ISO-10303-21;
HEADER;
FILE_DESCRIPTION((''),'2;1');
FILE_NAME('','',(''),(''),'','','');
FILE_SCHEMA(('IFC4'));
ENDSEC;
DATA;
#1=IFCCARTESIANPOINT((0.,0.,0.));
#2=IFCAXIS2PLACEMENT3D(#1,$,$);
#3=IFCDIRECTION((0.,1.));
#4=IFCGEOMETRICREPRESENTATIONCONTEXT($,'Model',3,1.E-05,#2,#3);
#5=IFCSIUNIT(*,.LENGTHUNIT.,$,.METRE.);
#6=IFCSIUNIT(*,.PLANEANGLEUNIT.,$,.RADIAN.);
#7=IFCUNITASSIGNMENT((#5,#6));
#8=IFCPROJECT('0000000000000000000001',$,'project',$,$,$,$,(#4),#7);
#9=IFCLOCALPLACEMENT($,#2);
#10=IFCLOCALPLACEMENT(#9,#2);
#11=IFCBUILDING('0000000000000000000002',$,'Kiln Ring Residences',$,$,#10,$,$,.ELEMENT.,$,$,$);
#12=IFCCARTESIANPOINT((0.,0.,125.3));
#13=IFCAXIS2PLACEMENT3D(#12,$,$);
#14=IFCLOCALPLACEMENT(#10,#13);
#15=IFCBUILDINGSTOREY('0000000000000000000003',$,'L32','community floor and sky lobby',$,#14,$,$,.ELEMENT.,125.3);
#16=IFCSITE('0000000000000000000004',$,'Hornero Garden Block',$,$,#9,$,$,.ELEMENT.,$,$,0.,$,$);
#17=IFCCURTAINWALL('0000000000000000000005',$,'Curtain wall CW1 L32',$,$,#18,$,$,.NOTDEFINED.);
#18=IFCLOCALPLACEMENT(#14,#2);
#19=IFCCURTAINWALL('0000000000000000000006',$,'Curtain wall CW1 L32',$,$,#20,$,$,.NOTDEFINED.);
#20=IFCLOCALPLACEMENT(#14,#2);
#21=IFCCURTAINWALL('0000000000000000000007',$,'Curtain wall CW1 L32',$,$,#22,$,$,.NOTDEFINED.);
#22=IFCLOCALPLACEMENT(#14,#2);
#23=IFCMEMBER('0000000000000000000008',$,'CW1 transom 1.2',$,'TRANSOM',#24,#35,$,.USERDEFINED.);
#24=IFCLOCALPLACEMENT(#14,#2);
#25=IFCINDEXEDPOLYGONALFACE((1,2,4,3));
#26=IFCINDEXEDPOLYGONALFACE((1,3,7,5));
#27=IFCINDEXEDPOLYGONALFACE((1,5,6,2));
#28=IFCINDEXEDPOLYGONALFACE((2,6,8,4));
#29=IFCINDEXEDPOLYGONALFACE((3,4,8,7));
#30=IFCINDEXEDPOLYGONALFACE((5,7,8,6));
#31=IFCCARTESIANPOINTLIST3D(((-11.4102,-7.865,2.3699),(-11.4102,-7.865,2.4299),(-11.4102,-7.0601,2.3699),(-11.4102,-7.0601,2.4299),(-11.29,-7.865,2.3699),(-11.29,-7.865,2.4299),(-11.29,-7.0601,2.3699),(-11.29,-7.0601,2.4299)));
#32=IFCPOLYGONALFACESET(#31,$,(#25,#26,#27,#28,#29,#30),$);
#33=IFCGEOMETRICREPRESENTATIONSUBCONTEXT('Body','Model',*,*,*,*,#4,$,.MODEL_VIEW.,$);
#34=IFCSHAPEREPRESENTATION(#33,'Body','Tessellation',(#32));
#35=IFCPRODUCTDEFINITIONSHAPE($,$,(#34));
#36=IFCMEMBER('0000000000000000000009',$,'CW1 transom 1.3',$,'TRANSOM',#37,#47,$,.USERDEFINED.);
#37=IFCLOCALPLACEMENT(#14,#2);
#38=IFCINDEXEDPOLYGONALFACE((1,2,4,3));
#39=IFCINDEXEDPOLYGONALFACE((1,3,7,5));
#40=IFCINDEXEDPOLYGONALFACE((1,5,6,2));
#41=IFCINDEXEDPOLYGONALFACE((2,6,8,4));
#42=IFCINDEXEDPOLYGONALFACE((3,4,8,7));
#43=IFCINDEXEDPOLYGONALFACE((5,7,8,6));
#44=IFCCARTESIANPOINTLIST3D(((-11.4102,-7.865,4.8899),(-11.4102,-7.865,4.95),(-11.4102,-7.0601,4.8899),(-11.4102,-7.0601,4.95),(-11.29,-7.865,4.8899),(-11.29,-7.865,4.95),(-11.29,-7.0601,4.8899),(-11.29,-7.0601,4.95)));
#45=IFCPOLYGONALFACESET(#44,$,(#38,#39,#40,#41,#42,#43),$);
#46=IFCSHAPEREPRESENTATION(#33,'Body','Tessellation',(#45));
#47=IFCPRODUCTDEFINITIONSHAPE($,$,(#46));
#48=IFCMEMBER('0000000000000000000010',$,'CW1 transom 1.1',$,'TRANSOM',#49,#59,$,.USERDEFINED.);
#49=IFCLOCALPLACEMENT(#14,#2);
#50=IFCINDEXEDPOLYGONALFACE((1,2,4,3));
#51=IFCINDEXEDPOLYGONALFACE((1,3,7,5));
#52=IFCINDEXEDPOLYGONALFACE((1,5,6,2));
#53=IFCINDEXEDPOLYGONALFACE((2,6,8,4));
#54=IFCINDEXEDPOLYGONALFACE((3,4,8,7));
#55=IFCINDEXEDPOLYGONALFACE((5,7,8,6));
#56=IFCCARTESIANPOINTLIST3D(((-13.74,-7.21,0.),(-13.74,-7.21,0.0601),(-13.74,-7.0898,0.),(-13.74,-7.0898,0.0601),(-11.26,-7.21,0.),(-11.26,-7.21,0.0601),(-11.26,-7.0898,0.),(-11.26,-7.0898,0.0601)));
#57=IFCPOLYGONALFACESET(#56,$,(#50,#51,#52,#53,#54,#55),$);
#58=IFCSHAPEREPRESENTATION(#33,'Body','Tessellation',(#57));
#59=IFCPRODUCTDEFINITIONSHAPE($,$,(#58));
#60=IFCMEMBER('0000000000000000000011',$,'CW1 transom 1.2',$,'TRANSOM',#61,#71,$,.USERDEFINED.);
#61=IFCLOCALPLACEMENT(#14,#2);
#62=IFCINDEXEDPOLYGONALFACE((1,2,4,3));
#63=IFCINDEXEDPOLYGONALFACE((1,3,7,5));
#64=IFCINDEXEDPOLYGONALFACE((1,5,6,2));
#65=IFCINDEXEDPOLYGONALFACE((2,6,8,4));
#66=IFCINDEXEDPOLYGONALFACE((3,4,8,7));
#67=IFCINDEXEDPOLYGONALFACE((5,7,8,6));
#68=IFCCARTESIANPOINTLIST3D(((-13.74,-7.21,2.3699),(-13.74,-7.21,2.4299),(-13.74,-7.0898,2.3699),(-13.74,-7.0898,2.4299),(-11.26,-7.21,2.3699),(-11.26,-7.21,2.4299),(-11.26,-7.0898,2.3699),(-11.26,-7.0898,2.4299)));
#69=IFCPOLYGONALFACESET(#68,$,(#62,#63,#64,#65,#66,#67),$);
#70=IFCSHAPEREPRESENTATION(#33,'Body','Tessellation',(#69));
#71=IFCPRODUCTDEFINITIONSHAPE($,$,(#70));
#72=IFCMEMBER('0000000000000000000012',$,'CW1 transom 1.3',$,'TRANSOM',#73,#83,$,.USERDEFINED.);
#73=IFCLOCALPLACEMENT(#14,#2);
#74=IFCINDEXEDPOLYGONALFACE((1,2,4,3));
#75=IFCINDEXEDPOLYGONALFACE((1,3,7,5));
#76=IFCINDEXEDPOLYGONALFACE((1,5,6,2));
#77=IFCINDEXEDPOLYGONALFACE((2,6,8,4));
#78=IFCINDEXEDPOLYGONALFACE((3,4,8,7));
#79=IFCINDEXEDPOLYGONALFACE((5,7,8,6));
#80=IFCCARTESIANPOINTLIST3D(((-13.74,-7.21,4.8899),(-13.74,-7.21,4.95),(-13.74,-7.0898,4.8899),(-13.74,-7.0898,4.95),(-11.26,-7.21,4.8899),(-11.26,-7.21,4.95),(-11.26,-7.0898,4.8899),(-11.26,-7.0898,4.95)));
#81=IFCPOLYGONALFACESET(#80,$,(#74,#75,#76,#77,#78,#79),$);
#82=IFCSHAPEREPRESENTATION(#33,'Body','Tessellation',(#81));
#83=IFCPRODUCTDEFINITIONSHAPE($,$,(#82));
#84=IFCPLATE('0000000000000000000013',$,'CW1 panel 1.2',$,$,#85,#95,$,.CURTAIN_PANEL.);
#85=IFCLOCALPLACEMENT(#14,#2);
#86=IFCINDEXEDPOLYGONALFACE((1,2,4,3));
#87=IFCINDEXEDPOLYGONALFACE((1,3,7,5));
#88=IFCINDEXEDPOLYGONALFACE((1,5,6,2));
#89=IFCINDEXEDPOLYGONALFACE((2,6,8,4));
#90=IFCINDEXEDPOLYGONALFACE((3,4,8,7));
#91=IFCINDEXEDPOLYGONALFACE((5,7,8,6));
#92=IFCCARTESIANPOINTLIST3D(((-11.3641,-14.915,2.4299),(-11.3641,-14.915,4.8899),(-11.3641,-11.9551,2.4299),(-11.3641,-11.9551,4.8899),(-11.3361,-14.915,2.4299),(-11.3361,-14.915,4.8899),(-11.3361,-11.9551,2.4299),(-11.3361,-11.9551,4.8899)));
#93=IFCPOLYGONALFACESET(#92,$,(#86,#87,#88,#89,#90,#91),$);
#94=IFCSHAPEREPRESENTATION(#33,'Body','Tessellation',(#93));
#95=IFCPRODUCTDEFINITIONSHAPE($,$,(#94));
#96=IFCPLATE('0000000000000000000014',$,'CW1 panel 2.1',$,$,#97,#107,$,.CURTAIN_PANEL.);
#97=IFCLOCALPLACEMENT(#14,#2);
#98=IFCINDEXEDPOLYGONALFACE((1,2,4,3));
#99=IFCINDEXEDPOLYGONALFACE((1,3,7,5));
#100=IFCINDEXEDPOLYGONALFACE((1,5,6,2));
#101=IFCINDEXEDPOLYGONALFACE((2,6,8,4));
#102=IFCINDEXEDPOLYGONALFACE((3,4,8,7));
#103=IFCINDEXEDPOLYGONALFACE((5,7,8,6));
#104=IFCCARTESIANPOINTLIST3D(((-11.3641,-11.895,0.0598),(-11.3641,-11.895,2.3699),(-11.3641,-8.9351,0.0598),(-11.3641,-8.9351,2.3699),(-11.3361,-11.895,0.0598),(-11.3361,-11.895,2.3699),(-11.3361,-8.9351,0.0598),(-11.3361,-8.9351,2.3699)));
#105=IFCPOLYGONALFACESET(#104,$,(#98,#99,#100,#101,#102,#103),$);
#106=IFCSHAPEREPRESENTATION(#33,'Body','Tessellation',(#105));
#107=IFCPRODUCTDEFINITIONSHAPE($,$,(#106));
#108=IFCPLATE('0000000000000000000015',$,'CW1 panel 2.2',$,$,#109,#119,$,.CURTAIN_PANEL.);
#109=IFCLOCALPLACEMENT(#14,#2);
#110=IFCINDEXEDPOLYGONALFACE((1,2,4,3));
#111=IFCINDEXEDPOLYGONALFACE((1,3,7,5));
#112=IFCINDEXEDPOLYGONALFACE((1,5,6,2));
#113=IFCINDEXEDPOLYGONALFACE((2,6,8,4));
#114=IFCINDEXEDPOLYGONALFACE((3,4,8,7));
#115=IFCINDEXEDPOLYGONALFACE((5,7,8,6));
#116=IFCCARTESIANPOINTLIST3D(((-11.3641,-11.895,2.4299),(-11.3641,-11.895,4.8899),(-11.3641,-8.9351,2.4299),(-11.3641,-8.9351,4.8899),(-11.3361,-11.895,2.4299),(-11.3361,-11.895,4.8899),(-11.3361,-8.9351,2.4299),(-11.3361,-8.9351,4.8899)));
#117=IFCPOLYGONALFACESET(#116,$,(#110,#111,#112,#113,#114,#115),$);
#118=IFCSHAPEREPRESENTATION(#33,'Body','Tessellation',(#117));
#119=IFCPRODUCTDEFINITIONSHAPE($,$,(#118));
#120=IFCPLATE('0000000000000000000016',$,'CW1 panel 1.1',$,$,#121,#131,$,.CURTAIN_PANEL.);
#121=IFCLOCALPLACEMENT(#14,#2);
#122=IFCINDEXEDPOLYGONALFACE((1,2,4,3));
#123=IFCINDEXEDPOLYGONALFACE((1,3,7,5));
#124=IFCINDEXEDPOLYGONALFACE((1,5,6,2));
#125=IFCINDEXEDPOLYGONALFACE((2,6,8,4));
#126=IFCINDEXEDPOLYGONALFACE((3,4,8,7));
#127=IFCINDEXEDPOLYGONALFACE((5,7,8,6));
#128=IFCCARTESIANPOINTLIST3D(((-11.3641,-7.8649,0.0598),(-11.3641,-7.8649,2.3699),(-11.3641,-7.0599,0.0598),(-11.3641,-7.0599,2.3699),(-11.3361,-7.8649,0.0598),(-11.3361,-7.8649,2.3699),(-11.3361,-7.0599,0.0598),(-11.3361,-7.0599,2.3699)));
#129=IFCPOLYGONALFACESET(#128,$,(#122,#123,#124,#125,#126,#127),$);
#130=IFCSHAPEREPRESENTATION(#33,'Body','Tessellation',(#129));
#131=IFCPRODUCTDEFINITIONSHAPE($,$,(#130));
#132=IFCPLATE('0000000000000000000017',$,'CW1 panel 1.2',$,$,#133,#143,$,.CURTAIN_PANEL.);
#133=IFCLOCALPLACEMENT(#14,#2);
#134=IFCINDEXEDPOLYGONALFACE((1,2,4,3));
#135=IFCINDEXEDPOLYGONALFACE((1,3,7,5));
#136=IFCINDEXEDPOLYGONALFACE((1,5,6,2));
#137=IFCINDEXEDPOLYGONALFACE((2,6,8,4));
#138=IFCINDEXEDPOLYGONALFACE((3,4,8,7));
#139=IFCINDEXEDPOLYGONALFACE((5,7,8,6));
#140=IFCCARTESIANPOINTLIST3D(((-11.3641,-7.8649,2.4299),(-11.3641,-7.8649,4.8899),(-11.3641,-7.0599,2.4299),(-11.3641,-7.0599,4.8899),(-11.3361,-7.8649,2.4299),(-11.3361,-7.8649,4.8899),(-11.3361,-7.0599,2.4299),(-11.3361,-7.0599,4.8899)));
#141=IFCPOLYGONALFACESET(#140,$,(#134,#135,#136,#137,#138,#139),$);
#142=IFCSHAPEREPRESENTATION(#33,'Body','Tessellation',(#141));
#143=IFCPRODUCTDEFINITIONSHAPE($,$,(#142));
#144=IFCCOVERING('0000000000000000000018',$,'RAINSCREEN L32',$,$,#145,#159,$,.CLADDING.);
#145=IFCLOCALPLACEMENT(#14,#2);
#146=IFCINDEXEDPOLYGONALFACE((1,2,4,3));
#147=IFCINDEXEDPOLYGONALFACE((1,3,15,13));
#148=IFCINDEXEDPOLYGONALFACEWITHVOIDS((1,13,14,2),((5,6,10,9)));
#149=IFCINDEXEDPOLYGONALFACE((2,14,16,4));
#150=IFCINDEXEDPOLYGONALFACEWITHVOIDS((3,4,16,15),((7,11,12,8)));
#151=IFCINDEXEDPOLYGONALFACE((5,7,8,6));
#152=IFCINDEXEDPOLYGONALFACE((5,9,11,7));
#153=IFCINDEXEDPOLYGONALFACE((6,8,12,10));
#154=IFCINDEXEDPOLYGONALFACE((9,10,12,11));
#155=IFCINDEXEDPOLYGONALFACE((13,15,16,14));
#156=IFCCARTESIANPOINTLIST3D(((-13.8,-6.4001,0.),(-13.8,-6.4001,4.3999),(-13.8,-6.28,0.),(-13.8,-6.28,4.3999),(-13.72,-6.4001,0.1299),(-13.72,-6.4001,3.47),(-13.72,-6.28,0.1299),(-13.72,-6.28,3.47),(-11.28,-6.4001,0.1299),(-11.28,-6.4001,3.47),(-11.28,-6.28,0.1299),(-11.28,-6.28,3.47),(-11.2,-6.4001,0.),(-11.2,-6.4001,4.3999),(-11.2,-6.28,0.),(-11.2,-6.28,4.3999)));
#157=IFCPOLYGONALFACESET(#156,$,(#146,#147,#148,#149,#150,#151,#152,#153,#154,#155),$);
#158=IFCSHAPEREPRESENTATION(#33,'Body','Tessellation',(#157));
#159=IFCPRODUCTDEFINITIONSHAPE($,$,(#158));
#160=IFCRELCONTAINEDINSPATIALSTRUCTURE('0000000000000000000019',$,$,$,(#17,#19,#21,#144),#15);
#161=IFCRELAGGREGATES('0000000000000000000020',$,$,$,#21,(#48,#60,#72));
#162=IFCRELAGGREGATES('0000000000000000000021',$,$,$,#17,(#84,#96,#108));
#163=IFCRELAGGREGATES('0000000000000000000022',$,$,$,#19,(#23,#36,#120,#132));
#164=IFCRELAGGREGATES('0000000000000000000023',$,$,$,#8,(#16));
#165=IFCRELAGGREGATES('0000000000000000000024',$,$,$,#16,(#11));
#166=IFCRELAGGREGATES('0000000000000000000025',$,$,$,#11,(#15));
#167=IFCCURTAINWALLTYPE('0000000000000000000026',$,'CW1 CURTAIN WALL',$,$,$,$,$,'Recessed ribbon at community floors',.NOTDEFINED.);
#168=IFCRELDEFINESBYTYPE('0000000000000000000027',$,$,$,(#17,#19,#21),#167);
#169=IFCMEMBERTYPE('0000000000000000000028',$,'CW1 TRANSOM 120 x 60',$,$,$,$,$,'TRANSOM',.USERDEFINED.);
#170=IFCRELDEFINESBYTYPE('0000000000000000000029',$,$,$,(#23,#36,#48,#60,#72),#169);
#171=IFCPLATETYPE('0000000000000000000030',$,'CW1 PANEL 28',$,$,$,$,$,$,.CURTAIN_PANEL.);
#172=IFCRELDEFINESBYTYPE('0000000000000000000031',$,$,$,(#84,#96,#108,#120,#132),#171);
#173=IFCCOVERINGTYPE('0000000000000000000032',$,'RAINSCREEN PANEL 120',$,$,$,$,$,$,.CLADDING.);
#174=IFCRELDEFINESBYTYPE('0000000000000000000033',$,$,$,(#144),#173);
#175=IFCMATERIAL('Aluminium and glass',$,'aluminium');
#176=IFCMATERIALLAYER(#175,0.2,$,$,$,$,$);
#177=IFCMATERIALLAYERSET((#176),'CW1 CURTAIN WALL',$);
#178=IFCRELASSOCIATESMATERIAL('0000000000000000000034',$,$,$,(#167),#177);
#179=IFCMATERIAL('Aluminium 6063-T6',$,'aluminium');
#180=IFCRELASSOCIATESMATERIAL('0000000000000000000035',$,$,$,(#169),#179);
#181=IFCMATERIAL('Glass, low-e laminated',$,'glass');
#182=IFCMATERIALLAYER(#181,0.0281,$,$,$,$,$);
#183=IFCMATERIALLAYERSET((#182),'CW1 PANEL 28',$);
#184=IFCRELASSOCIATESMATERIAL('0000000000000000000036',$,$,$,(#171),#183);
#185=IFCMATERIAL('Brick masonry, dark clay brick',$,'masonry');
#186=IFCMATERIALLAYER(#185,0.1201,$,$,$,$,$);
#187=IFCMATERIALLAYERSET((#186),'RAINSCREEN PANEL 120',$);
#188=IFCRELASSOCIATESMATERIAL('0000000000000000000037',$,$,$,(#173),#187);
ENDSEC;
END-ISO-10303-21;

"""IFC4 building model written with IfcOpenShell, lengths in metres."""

from ifc_helpers import new_model, si_unit, direction, frame, origin, origin_2d, place, context, subcontext, project, spatial, polyline, rectangle, outline, extrude, material, layer, layer_set, material_profile, profile_set, type_object, element, aggregate, save


model = new_model("IFC4")

# Units and contexts
model_context = context("Model", 3, precision=1e-05, world=origin(), true_north=direction((0.0, 1.0)))
body_context = subcontext(model_context, "Body", "Model", "MODEL_VIEW")
ifc_project = project(units=[si_unit("LENGTHUNIT", "METRE"), si_unit("PLANEANGLEUNIT", "RADIAN")], contexts=[model_context])

# Site, building, storey
site_placement = place(None, origin())
site = spatial("IfcSite", under=ifc_project, at=site_placement, Name="Hornero Garden Block", CompositionType="ELEMENT", RefElevation=0.0)
building_placement = place(site_placement, origin())
building = spatial("IfcBuilding", under=site, at=building_placement, Name="Kiln Ring Residences", CompositionType="ELEMENT")
storey_placement = place(building_placement, frame((0.0, 0.0, 125.3)))
storey = spatial("IfcBuildingStorey", under=building, at=storey_placement, Name="L32", Description="community floor and sky lobby", CompositionType="ELEMENT", Elevation=125.3)

# Curtain walls
ifc_material_1 = material(Name="Aluminium and glass", Category="aluminium")
ifc_layer_1 = layer(ifc_material_1, 0.2)
ifc_layer_set_1 = layer_set([ifc_layer_1], Name="CW1 CURTAIN WALL")
curtain_wall_type = type_object("IfcCurtainWallType", Name="CW1 CURTAIN WALL", ElementType="Recessed ribbon at community floors", PredefinedType="NOTDEFINED", material=ifc_layer_set_1)
placement = place(storey_placement, origin())
curtain_wall_1 = element("IfcCurtainWall", 1, at=placement, inside=storey, type_object=curtain_wall_type, Name="Curtain wall CW1 L32", PredefinedType="NOTDEFINED")
curtain_wall_2 = element("IfcCurtainWall", 2, at=placement, inside=storey, type_object=curtain_wall_type, Name="Curtain wall CW1 L32", PredefinedType="NOTDEFINED")

# Curtain wall
curtain_wall_3 = element("IfcCurtainWall", 3, at=placement, inside=storey, type_object=curtain_wall_type, Name="Curtain wall CW1 L32", PredefinedType="NOTDEFINED")

# Members
ifc_material_2 = material(Name="Aluminium 6063-T6", Category="aluminium")
ifc_material_profile_1 = material_profile(ifc_material_2, rectangle(XDim=0.1201, YDim=0.0601, at=origin_2d()), Name="AL 120x60")
ifc_profile_set_1 = profile_set([ifc_material_profile_1], Name="Aluminium 6063-T6")
member_type_1 = type_object("IfcMemberType", Name="CW1 TRANSOM 120 x 60", ElementType="TRANSOM", PredefinedType="USERDEFINED", material=ifc_profile_set_1)
member_1_placement = place(storey_placement, frame((-11.3501, -7.865, 2.3999), z_axis=(0.0, 1.0, 0.0), x_axis=(-1.0, 0.0, 0.0)))
member_1 = element("IfcMember", 4, at=member_1_placement, type_object=member_type_1, Name="CW1 transom 1.2", ObjectType="TRANSOM", PredefinedType="USERDEFINED", context=body_context, shape_type="SweptSolid", body=[
    extrude(rectangle(XDim=0.1201, YDim=0.0601, at=origin_2d()), origin(), (0.0, 0.0, 1.0), 0.8049),
])
member_2_placement = place(storey_placement, frame((-11.3501, -7.865, 4.9199), z_axis=(0.0, 1.0, 0.0), x_axis=(-1.0, 0.0, 0.0)))
member_2 = element("IfcMember", 5, at=member_2_placement, type_object=member_type_1, Name="CW1 transom 1.3", ObjectType="TRANSOM", PredefinedType="USERDEFINED", context=body_context, shape_type="SweptSolid", body=[
    extrude(rectangle(XDim=0.1201, YDim=0.0601, at=origin_2d()), origin(), (0.0, 0.0, 1.0), 0.8049),
])
member_3_placement = place(storey_placement, frame((-11.26, -7.1499, 0.03), z_axis=(-1.0, 0.0, 0.0), x_axis=(0.0, -1.0, 0.0)))
member_3 = element("IfcMember", 6, at=member_3_placement, type_object=member_type_1, Name="CW1 transom 1.1", ObjectType="TRANSOM", PredefinedType="USERDEFINED", context=body_context, shape_type="SweptSolid", body=[
    extrude(rectangle(XDim=0.1201, YDim=0.0601, at=origin_2d()), origin(), (0.0, 0.0, 1.0), 2.48),
])
member_4_placement = place(storey_placement, frame((-11.26, -7.1499, 2.3999), z_axis=(-1.0, 0.0, 0.0), x_axis=(0.0, -1.0, 0.0)))
member_4 = element("IfcMember", 7, at=member_4_placement, type_object=member_type_1, Name="CW1 transom 1.2", ObjectType="TRANSOM", PredefinedType="USERDEFINED", context=body_context, shape_type="SweptSolid", body=[
    extrude(rectangle(XDim=0.1201, YDim=0.0601, at=origin_2d()), origin(), (0.0, 0.0, 1.0), 2.48),
])
member_5_placement = place(storey_placement, frame((-11.26, -7.1499, 4.9199), z_axis=(-1.0, 0.0, 0.0), x_axis=(0.0, -1.0, 0.0)))
member_5 = element("IfcMember", 8, at=member_5_placement, type_object=member_type_1, Name="CW1 transom 1.3", ObjectType="TRANSOM", PredefinedType="USERDEFINED", context=body_context, shape_type="SweptSolid", body=[
    extrude(rectangle(XDim=0.1201, YDim=0.0601, at=origin_2d()), origin(), (0.0, 0.0, 1.0), 2.48),
])
aggregate(curtain_wall_3, [member_3, member_4, member_5])

# Plates
ifc_material_3 = material(Name="Glass, low-e laminated", Category="glass")
ifc_layer_2 = layer(ifc_material_3, 0.0281)
ifc_layer_set_2 = layer_set([ifc_layer_2], Name="CW1 PANEL 28")
plate_type = type_object("IfcPlateType", Name="CW1 PANEL 28", PredefinedType="CURTAIN_PANEL", material=ifc_layer_set_2)
plate_1_placement = place(storey_placement, frame((-11.3501, -13.4351, 2.4299), z_axis=(0.0, 0.0, 1.0), x_axis=(0.0, 1.0, 0.0)))
plate_1 = element("IfcPlate", 9, at=plate_1_placement, type_object=plate_type, Name="CW1 panel 1.2", PredefinedType="CURTAIN_PANEL", context=body_context, shape_type="SweptSolid", body=[
    extrude(rectangle(XDim=2.96, YDim=0.0281, at=origin_2d()), origin(), (0.0, 0.0, 1.0), 2.46),
])
plate_2_placement = place(storey_placement, frame((-11.3501, -10.415, 0.0598), z_axis=(0.0, 0.0, 1.0), x_axis=(0.0, 1.0, 0.0)))
plate_2 = element("IfcPlate", 10, at=plate_2_placement, type_object=plate_type, Name="CW1 panel 2.1", PredefinedType="CURTAIN_PANEL", context=body_context, shape_type="SweptSolid", body=[
    extrude(rectangle(XDim=2.96, YDim=0.0281, at=origin_2d()), origin(), (0.0, 0.0, 1.0), 2.3101),
])
plate_3_placement = place(storey_placement, frame((-11.3501, -10.415, 2.4299), z_axis=(0.0, 0.0, 1.0), x_axis=(0.0, 1.0, 0.0)))
plate_3 = element("IfcPlate", 11, at=plate_3_placement, type_object=plate_type, Name="CW1 panel 2.2", PredefinedType="CURTAIN_PANEL", context=body_context, shape_type="SweptSolid", body=[
    extrude(rectangle(XDim=2.96, YDim=0.0281, at=origin_2d()), origin(), (0.0, 0.0, 1.0), 2.46),
])
aggregate(curtain_wall_1, [plate_1, plate_2, plate_3])
plate_4_placement = place(storey_placement, frame((-11.3501, -7.4624, 0.0598), z_axis=(0.0, 0.0, 1.0), x_axis=(0.0, 1.0, 0.0)))
plate_4 = element("IfcPlate", 12, at=plate_4_placement, type_object=plate_type, Name="CW1 panel 1.1", PredefinedType="CURTAIN_PANEL", context=body_context, shape_type="SweptSolid", body=[
    extrude(rectangle(XDim=0.8049, YDim=0.0281, at=origin_2d()), origin(), (0.0, 0.0, 1.0), 2.3101),
])
plate_5_placement = place(storey_placement, frame((-11.3501, -7.4624, 2.4299), z_axis=(0.0, 0.0, 1.0), x_axis=(0.0, 1.0, 0.0)))
plate_5 = element("IfcPlate", 13, at=plate_5_placement, type_object=plate_type, Name="CW1 panel 1.2", PredefinedType="CURTAIN_PANEL", context=body_context, shape_type="SweptSolid", body=[
    extrude(rectangle(XDim=0.8049, YDim=0.0281, at=origin_2d()), origin(), (0.0, 0.0, 1.0), 2.46),
])
aggregate(curtain_wall_2, [member_1, member_2, plate_4, plate_5])

# Covering
ifc_material_4 = material(Name="Brick masonry, dark clay brick", Category="masonry")
ifc_layer_3 = layer(ifc_material_4, 0.1201)
ifc_layer_set_3 = layer_set([ifc_layer_3], Name="RAINSCREEN PANEL 120")
covering_type = type_object("IfcCoveringType", Name="RAINSCREEN PANEL 120", PredefinedType="CLADDING", material=ifc_layer_set_3)
covering_placement = place(storey_placement, frame((-11.2, -6.3401, 0.0), z_axis=(0.0, 0.0, 1.0), x_axis=(-1.0, 0.0, 0.0)))
element("IfcCovering", 14, at=covering_placement, inside=storey, type_object=covering_type, Name="RAINSCREEN L32", PredefinedType="CLADDING", context=body_context, shape_type="SweptSolid", body=[
    extrude(outline(polyline([(0.0, 0.0), (2.6001, 0.0), (2.6001, 4.3999), (0.0, 4.3999), (0.0, 0.0)]), holes=[polyline([(0.0801, 3.47), (0.0801, 0.1299), (2.52, 0.1299), (2.52, 3.47), (0.0801, 3.47)])]), frame((0.0, 0.0601, 0.0), z_axis=(0.0, -1.0, 0.0), x_axis=(1.0, 0.0, 0.0)), (0.0, 0.0, 1.0), 0.1201),
])

save(model, "model.ifc")
